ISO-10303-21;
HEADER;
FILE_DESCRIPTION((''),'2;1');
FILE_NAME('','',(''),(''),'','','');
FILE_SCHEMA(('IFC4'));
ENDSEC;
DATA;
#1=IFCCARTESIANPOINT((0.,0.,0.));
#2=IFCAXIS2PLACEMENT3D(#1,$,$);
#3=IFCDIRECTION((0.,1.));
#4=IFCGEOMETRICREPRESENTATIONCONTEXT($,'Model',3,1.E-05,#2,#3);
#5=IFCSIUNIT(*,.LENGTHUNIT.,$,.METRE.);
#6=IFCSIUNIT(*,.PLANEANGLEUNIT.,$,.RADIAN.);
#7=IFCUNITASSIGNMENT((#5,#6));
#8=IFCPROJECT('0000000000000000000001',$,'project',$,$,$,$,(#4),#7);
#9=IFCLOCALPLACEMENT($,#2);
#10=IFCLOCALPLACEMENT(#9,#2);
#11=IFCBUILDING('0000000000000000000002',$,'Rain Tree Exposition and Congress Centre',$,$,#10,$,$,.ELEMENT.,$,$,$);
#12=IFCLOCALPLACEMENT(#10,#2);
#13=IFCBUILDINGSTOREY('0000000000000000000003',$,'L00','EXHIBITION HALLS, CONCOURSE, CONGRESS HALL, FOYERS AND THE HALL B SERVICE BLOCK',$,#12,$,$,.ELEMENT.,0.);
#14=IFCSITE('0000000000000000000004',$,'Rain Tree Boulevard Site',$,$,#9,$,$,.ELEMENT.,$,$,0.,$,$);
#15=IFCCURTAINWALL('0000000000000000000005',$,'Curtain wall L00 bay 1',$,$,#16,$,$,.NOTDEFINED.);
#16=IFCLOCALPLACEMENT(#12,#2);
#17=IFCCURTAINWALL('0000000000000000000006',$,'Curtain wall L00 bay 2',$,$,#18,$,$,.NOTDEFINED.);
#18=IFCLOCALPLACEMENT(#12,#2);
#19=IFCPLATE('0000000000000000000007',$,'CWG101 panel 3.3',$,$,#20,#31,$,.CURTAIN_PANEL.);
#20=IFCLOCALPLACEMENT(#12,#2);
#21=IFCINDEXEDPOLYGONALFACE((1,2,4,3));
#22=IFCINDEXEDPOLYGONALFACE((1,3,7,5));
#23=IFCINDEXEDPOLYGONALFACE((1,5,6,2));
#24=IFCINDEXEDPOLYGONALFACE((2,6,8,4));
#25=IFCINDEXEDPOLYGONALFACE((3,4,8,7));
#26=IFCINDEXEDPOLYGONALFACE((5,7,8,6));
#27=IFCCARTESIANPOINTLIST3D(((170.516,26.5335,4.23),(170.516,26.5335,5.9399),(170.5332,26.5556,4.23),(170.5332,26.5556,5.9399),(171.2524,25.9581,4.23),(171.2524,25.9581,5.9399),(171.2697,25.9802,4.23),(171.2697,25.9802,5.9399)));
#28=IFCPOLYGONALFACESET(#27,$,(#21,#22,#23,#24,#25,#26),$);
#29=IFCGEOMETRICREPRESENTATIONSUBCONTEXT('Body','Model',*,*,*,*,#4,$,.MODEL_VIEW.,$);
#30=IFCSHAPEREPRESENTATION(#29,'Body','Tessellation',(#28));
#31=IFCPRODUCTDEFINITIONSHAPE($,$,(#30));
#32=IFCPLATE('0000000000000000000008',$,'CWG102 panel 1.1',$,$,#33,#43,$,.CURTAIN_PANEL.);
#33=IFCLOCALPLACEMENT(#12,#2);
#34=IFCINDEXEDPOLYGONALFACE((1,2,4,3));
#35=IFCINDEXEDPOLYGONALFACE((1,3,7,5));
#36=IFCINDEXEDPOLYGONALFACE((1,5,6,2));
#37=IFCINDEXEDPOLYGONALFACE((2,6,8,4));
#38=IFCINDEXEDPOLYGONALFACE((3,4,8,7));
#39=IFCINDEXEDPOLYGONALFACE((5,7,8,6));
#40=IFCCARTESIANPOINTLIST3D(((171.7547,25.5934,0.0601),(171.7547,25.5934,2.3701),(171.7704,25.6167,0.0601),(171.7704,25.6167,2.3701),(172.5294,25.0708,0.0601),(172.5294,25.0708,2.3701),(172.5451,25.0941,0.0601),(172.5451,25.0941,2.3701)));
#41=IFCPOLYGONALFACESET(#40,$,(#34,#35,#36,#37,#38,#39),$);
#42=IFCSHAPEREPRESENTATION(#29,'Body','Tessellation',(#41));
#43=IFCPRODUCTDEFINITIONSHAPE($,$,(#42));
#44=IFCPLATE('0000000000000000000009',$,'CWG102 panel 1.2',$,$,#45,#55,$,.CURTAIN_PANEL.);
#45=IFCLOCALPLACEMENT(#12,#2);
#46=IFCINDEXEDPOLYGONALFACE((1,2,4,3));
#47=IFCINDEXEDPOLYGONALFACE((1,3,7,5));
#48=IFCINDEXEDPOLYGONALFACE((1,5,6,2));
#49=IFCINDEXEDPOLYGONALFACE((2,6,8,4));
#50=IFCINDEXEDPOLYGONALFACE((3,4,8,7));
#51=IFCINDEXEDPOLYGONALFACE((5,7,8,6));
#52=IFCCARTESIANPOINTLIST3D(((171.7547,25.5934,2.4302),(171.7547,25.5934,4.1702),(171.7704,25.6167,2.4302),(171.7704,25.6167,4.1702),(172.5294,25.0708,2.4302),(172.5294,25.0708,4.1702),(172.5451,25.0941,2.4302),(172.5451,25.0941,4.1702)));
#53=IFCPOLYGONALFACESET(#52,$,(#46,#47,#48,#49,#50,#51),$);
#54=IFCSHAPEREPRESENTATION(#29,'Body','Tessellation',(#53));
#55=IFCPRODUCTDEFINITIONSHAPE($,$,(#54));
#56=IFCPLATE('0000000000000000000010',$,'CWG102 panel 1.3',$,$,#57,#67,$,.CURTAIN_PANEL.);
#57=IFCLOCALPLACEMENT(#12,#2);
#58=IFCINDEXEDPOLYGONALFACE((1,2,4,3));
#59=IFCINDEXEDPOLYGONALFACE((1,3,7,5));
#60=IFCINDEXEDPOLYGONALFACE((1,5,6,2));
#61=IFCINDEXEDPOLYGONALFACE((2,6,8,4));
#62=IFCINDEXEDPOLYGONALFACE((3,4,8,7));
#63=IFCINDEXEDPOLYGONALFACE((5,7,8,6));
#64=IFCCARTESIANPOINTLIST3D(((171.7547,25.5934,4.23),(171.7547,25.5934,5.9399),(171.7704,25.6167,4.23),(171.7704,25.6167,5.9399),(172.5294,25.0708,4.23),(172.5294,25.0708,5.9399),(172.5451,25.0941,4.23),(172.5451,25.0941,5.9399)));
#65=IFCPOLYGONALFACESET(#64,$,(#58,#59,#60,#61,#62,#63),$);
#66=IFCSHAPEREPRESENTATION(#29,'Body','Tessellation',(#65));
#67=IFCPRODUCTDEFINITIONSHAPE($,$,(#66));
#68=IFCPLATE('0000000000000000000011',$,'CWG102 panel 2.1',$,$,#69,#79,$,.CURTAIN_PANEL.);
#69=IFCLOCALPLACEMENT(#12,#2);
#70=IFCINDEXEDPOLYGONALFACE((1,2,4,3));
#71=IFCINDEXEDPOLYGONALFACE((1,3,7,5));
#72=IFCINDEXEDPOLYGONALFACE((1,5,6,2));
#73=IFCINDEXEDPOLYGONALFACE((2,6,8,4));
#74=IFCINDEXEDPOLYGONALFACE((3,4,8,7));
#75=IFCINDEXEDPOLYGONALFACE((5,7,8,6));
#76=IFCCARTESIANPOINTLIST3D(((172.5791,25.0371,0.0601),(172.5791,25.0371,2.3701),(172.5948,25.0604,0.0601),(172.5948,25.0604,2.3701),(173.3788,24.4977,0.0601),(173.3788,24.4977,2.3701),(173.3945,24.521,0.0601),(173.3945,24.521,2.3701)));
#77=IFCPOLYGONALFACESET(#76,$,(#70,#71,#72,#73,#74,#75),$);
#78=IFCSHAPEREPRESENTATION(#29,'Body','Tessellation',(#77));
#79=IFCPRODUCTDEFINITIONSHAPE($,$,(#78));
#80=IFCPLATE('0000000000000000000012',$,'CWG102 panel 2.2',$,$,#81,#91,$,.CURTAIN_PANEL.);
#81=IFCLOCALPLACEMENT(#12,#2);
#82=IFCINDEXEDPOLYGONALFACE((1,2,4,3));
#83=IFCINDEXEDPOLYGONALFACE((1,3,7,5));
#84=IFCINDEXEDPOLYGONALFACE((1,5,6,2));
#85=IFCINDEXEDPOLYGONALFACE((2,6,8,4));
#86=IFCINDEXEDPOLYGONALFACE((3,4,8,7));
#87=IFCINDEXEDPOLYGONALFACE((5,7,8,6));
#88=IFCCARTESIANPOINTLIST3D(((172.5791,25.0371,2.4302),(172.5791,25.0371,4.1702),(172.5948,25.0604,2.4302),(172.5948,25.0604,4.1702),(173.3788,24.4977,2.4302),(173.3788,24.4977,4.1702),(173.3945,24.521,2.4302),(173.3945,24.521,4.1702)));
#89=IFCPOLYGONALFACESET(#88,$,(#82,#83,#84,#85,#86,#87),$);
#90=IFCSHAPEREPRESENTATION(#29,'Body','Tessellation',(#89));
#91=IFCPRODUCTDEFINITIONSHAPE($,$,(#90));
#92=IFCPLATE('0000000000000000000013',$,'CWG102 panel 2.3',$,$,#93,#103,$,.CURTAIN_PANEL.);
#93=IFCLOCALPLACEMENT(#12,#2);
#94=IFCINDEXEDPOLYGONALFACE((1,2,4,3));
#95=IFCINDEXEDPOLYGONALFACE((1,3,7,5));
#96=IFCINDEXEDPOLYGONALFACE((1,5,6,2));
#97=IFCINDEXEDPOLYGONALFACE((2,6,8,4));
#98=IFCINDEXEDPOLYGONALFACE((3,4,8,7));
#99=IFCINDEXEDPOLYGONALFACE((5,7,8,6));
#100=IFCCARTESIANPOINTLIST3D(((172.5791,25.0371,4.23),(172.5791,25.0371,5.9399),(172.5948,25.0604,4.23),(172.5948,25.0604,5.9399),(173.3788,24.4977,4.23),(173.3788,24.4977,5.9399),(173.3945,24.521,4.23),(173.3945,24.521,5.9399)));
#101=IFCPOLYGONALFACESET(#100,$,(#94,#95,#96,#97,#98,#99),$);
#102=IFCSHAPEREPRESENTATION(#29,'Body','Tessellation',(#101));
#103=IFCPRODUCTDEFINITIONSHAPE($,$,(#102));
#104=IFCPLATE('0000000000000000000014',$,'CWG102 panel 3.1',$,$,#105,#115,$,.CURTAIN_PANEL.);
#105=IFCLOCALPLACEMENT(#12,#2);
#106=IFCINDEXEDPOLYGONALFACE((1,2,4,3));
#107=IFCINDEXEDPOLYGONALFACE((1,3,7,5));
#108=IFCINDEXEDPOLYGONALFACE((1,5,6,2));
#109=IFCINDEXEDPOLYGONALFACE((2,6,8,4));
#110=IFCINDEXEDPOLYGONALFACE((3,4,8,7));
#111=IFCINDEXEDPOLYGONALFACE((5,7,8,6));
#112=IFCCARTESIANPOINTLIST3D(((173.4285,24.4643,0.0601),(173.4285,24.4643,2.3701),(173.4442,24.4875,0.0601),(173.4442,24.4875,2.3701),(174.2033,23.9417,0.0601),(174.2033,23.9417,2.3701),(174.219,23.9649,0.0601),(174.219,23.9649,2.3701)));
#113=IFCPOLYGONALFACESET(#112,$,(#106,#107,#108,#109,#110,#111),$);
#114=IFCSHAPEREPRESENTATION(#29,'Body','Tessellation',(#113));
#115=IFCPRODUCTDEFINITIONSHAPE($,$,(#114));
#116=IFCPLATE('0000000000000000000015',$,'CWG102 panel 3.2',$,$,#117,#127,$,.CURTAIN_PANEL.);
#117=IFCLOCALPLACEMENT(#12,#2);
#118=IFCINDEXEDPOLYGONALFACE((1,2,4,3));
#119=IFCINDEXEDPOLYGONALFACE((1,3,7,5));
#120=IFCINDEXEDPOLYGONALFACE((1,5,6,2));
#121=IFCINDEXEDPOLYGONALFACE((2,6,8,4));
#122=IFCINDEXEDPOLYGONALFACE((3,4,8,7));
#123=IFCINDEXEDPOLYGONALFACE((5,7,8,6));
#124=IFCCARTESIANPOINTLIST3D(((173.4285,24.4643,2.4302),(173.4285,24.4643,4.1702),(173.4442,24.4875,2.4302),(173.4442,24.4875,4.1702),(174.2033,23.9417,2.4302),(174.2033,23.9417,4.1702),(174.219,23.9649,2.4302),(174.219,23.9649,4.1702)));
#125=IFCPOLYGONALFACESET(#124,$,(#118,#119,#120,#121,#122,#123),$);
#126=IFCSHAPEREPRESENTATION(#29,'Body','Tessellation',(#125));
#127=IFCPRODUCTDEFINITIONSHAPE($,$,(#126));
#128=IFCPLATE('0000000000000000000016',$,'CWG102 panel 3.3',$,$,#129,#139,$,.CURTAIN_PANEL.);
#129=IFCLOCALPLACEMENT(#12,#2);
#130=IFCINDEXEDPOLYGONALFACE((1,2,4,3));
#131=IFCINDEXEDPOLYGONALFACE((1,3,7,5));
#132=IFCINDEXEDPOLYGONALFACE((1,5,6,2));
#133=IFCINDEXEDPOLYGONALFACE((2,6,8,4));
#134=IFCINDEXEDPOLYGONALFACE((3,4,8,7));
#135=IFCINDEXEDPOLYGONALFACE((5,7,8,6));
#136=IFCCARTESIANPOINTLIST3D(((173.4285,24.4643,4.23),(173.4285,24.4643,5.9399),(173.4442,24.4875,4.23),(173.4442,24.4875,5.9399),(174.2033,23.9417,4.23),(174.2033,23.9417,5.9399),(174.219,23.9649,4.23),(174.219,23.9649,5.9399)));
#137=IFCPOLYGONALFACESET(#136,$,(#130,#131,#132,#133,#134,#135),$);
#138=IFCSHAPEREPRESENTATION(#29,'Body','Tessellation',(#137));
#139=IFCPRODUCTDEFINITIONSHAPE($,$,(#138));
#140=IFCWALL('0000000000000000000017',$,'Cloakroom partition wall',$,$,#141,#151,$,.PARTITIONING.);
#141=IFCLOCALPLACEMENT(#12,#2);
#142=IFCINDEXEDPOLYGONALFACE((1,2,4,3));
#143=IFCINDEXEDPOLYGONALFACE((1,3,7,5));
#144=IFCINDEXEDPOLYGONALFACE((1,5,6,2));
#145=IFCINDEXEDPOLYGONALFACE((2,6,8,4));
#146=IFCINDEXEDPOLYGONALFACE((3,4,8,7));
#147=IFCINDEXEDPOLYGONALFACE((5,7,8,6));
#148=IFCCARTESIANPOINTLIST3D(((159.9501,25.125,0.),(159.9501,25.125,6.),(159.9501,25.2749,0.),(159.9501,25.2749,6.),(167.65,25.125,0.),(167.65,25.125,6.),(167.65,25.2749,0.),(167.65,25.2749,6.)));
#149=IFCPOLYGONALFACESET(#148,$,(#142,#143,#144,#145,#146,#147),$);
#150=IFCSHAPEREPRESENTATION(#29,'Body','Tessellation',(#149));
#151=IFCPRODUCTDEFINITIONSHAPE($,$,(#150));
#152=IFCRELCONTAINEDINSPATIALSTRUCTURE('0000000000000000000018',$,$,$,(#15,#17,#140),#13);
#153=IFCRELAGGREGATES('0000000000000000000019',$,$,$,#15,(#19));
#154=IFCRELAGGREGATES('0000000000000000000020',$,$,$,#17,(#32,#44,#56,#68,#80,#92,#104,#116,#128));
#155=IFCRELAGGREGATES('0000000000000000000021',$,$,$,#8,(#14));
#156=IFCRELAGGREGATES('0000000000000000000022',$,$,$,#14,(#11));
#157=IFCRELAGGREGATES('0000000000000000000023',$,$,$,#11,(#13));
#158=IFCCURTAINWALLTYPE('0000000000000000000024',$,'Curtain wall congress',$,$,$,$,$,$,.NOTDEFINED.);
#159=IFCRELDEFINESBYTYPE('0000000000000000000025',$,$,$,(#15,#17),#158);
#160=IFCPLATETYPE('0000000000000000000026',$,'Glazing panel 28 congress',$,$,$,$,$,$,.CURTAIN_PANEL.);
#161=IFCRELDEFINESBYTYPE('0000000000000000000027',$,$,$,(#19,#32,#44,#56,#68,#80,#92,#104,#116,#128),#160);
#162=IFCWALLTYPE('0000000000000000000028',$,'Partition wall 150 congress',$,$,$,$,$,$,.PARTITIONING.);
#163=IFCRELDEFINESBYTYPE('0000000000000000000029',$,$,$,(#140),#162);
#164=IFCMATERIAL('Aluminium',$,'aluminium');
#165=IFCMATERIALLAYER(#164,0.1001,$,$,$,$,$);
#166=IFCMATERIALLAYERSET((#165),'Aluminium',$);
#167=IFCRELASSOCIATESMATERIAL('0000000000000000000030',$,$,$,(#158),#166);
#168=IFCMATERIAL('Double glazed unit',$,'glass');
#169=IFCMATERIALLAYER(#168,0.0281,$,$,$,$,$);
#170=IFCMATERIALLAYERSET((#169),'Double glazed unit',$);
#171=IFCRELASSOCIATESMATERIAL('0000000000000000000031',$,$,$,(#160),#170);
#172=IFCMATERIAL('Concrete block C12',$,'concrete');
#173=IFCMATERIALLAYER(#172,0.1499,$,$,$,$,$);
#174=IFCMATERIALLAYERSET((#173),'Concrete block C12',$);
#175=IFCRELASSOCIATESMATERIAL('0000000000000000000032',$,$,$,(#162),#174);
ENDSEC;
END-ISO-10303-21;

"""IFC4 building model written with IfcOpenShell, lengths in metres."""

from ifc_helpers import new_model, si_unit, direction, frame, frame_2d, origin, origin_2d, place, context, subcontext, project, spatial, rectangle, extrude, material, layer, layer_set, type_object, element, aggregate, save


model = new_model("IFC4")

# Units and contexts
model_context = context("Model", 3, precision=1e-05, world=origin(), true_north=direction((0.0, 1.0)))
body_context = subcontext(model_context, "Body", "Model", "MODEL_VIEW")
ifc_project = project(units=[si_unit("LENGTHUNIT", "METRE"), si_unit("PLANEANGLEUNIT", "RADIAN")], contexts=[model_context])

# Site, building, storey
site_placement = place(None, origin())
site = spatial("IfcSite", under=ifc_project, at=site_placement, Name="Rain Tree Boulevard Site", CompositionType="ELEMENT", RefElevation=0.0)
building_placement = place(site_placement, origin())
building = spatial("IfcBuilding", under=site, at=building_placement, Name="Rain Tree Exposition and Congress Centre", CompositionType="ELEMENT")
storey_placement = place(building_placement, origin())
storey = spatial("IfcBuildingStorey", under=building, at=storey_placement, Name="L00", Description="EXHIBITION HALLS, CONCOURSE, CONGRESS HALL, FOYERS AND THE HALL B SERVICE BLOCK", CompositionType="ELEMENT", Elevation=0.0)

# Curtain wall
ifc_material_1 = material(Name="Aluminium", Category="aluminium")
ifc_layer_1 = layer(ifc_material_1, 0.1001)
ifc_layer_set_1 = layer_set([ifc_layer_1], Name="Aluminium")
curtain_wall_type = type_object("IfcCurtainWallType", Name="Curtain wall congress", PredefinedType="NOTDEFINED", material=ifc_layer_set_1)
curtain_wall_1_placement = place(storey_placement, origin())
curtain_wall_1 = element("IfcCurtainWall", 1, at=curtain_wall_1_placement, inside=storey, type_object=curtain_wall_type, Name="Curtain wall L00 bay 1", PredefinedType="NOTDEFINED")

# Curtain wall
curtain_wall_2_placement = place(storey_placement, origin())
curtain_wall_2 = element("IfcCurtainWall", 2, at=curtain_wall_2_placement, inside=storey, type_object=curtain_wall_type, Name="Curtain wall L00 bay 2", PredefinedType="NOTDEFINED")

# Plates
ifc_material_2 = material(Name="Double glazed unit", Category="glass")
ifc_layer_2 = layer(ifc_material_2, 0.0281)
ifc_layer_set_2 = layer_set([ifc_layer_2], Name="Double glazed unit")
plate_type = type_object("IfcPlateType", Name="Glazing panel 28 congress", PredefinedType="CURTAIN_PANEL", material=ifc_layer_set_2)
plate_1_placement = place(storey_placement, frame((170.8928, 26.2568, 4.23), z_axis=(0.0, 0.0, 1.0), x_axis=(0.788003, -0.615671, 0.0)))
plate_1 = element("IfcPlate", 3, at=plate_1_placement, type_object=plate_type, Name="CWG101 panel 3.3", PredefinedType="CURTAIN_PANEL", context=body_context, shape_type="SweptSolid", body=[
    extrude(rectangle(XDim=0.9346, YDim=0.0281, at=origin_2d()), origin(), (0.0, 0.0, 1.0), 1.71),
])
aggregate(curtain_wall_1, [plate_1])
plate_2_placement = place(storey_placement, frame((172.1499, 25.3438, 0.0601), z_axis=(0.0, 0.0, 1.0), x_axis=(0.829035, -0.559197, 0.0)))
plate_2 = element("IfcPlate", 4, at=plate_2_placement, type_object=plate_type, Name="CWG102 panel 1.1", PredefinedType="CURTAIN_PANEL", context=body_context, shape_type="SweptSolid", body=[
    extrude(rectangle(XDim=0.9346, YDim=0.0281, at=origin_2d()), origin(), (0.0, 0.0, 1.0), 2.3101),
])
plate_3_placement = place(storey_placement, frame((172.1499, 25.3438, 2.4302), z_axis=(0.0, 0.0, 1.0), x_axis=(0.829035, -0.559197, 0.0)))
plate_3 = element("IfcPlate", 5, at=plate_3_placement, type_object=plate_type, Name="CWG102 panel 1.2", PredefinedType="CURTAIN_PANEL", context=body_context, shape_type="SweptSolid", body=[
    extrude(rectangle(XDim=0.9346, YDim=0.0281, at=origin_2d()), origin(), (0.0, 0.0, 1.0), 1.74),
])
plate_4_placement = place(storey_placement, frame((172.1499, 25.3438, 4.23), z_axis=(0.0, 0.0, 1.0), x_axis=(0.829035, -0.559197, 0.0)))
plate_4 = element("IfcPlate", 6, at=plate_4_placement, type_object=plate_type, Name="CWG102 panel 1.3", PredefinedType="CURTAIN_PANEL", context=body_context, shape_type="SweptSolid", body=[
    extrude(rectangle(XDim=0.9346, YDim=0.0281, at=origin_2d()), origin(), (0.0, 0.0, 1.0), 1.71),
])
plate_5_placement = place(storey_placement, frame((172.9868, 24.7791, 0.0601), z_axis=(0.0, 0.0, 1.0), x_axis=(0.829035, -0.559197, 0.0)))
plate_5 = element("IfcPlate", 7, at=plate_5_placement, type_object=plate_type, Name="CWG102 panel 2.1", PredefinedType="CURTAIN_PANEL", context=body_context, shape_type="SweptSolid", body=[
    extrude(rectangle(XDim=0.9646, YDim=0.0281, at=origin_2d()), origin(), (0.0, 0.0, 1.0), 2.3101),
])
plate_6_placement = place(storey_placement, frame((172.9868, 24.7791, 2.4302), z_axis=(0.0, 0.0, 1.0), x_axis=(0.829035, -0.559197, 0.0)))
plate_6 = element("IfcPlate", 8, at=plate_6_placement, type_object=plate_type, Name="CWG102 panel 2.2", PredefinedType="CURTAIN_PANEL", context=body_context, shape_type="SweptSolid", body=[
    extrude(rectangle(XDim=0.9646, YDim=0.0281, at=origin_2d()), origin(), (0.0, 0.0, 1.0), 1.74),
])
plate_7_placement = place(storey_placement, frame((172.9868, 24.7791, 4.23), z_axis=(0.0, 0.0, 1.0), x_axis=(0.829035, -0.559197, 0.0)))
plate_7 = element("IfcPlate", 9, at=plate_7_placement, type_object=plate_type, Name="CWG102 panel 2.3", PredefinedType="CURTAIN_PANEL", context=body_context, shape_type="SweptSolid", body=[
    extrude(rectangle(XDim=0.9646, YDim=0.0281, at=origin_2d()), origin(), (0.0, 0.0, 1.0), 1.71),
])
plate_8_placement = place(storey_placement, frame((173.8237, 24.2146, 0.0601), z_axis=(0.0, 0.0, 1.0), x_axis=(0.829035, -0.559197, 0.0)))
plate_8 = element("IfcPlate", 10, at=plate_8_placement, type_object=plate_type, Name="CWG102 panel 3.1", PredefinedType="CURTAIN_PANEL", context=body_context, shape_type="SweptSolid", body=[
    extrude(rectangle(XDim=0.9346, YDim=0.0281, at=origin_2d()), origin(), (0.0, 0.0, 1.0), 2.3101),
])
plate_9_placement = place(storey_placement, frame((173.8237, 24.2146, 2.4302), z_axis=(0.0, 0.0, 1.0), x_axis=(0.829035, -0.559197, 0.0)))
plate_9 = element("IfcPlate", 11, at=plate_9_placement, type_object=plate_type, Name="CWG102 panel 3.2", PredefinedType="CURTAIN_PANEL", context=body_context, shape_type="SweptSolid", body=[
    extrude(rectangle(XDim=0.9346, YDim=0.0281, at=origin_2d()), origin(), (0.0, 0.0, 1.0), 1.74),
])
plate_10_placement = place(storey_placement, frame((173.8237, 24.2146, 4.23), z_axis=(0.0, 0.0, 1.0), x_axis=(0.829035, -0.559197, 0.0)))
plate_10 = element("IfcPlate", 12, at=plate_10_placement, type_object=plate_type, Name="CWG102 panel 3.3", PredefinedType="CURTAIN_PANEL", context=body_context, shape_type="SweptSolid", body=[
    extrude(rectangle(XDim=0.9346, YDim=0.0281, at=origin_2d()), origin(), (0.0, 0.0, 1.0), 1.71),
])
aggregate(curtain_wall_2, [plate_2, plate_3, plate_4, plate_5, plate_6, plate_7, plate_8, plate_9, plate_10])

# Wall
ifc_material_3 = material(Name="Concrete block C12", Category="concrete")
ifc_layer_3 = layer(ifc_material_3, 0.1499)
ifc_layer_set_3 = layer_set([ifc_layer_3], Name="Concrete block C12")
wall_type_1 = type_object("IfcWallType", Name="Partition wall 150 congress", PredefinedType="PARTITIONING", material=ifc_layer_set_3)
wall_1_placement = place(storey_placement, frame((159.95, 25.2, 0.0), z_axis=(0.0, 0.0, 1.0), x_axis=(1.0, 0.0, 0.0)))
element("IfcWall", 13, at=wall_1_placement, inside=storey, type_object=wall_type_1, Name="Cloakroom partition wall", PredefinedType="PARTITIONING", context=body_context, shape_type="SweptSolid", body=[
    extrude(rectangle(XDim=7.7, YDim=0.1499, at=frame_2d((3.8501, 0.0))), origin(), (0.0, 0.0, 1.0), 6.0),
])

save(model, "model.ifc")
